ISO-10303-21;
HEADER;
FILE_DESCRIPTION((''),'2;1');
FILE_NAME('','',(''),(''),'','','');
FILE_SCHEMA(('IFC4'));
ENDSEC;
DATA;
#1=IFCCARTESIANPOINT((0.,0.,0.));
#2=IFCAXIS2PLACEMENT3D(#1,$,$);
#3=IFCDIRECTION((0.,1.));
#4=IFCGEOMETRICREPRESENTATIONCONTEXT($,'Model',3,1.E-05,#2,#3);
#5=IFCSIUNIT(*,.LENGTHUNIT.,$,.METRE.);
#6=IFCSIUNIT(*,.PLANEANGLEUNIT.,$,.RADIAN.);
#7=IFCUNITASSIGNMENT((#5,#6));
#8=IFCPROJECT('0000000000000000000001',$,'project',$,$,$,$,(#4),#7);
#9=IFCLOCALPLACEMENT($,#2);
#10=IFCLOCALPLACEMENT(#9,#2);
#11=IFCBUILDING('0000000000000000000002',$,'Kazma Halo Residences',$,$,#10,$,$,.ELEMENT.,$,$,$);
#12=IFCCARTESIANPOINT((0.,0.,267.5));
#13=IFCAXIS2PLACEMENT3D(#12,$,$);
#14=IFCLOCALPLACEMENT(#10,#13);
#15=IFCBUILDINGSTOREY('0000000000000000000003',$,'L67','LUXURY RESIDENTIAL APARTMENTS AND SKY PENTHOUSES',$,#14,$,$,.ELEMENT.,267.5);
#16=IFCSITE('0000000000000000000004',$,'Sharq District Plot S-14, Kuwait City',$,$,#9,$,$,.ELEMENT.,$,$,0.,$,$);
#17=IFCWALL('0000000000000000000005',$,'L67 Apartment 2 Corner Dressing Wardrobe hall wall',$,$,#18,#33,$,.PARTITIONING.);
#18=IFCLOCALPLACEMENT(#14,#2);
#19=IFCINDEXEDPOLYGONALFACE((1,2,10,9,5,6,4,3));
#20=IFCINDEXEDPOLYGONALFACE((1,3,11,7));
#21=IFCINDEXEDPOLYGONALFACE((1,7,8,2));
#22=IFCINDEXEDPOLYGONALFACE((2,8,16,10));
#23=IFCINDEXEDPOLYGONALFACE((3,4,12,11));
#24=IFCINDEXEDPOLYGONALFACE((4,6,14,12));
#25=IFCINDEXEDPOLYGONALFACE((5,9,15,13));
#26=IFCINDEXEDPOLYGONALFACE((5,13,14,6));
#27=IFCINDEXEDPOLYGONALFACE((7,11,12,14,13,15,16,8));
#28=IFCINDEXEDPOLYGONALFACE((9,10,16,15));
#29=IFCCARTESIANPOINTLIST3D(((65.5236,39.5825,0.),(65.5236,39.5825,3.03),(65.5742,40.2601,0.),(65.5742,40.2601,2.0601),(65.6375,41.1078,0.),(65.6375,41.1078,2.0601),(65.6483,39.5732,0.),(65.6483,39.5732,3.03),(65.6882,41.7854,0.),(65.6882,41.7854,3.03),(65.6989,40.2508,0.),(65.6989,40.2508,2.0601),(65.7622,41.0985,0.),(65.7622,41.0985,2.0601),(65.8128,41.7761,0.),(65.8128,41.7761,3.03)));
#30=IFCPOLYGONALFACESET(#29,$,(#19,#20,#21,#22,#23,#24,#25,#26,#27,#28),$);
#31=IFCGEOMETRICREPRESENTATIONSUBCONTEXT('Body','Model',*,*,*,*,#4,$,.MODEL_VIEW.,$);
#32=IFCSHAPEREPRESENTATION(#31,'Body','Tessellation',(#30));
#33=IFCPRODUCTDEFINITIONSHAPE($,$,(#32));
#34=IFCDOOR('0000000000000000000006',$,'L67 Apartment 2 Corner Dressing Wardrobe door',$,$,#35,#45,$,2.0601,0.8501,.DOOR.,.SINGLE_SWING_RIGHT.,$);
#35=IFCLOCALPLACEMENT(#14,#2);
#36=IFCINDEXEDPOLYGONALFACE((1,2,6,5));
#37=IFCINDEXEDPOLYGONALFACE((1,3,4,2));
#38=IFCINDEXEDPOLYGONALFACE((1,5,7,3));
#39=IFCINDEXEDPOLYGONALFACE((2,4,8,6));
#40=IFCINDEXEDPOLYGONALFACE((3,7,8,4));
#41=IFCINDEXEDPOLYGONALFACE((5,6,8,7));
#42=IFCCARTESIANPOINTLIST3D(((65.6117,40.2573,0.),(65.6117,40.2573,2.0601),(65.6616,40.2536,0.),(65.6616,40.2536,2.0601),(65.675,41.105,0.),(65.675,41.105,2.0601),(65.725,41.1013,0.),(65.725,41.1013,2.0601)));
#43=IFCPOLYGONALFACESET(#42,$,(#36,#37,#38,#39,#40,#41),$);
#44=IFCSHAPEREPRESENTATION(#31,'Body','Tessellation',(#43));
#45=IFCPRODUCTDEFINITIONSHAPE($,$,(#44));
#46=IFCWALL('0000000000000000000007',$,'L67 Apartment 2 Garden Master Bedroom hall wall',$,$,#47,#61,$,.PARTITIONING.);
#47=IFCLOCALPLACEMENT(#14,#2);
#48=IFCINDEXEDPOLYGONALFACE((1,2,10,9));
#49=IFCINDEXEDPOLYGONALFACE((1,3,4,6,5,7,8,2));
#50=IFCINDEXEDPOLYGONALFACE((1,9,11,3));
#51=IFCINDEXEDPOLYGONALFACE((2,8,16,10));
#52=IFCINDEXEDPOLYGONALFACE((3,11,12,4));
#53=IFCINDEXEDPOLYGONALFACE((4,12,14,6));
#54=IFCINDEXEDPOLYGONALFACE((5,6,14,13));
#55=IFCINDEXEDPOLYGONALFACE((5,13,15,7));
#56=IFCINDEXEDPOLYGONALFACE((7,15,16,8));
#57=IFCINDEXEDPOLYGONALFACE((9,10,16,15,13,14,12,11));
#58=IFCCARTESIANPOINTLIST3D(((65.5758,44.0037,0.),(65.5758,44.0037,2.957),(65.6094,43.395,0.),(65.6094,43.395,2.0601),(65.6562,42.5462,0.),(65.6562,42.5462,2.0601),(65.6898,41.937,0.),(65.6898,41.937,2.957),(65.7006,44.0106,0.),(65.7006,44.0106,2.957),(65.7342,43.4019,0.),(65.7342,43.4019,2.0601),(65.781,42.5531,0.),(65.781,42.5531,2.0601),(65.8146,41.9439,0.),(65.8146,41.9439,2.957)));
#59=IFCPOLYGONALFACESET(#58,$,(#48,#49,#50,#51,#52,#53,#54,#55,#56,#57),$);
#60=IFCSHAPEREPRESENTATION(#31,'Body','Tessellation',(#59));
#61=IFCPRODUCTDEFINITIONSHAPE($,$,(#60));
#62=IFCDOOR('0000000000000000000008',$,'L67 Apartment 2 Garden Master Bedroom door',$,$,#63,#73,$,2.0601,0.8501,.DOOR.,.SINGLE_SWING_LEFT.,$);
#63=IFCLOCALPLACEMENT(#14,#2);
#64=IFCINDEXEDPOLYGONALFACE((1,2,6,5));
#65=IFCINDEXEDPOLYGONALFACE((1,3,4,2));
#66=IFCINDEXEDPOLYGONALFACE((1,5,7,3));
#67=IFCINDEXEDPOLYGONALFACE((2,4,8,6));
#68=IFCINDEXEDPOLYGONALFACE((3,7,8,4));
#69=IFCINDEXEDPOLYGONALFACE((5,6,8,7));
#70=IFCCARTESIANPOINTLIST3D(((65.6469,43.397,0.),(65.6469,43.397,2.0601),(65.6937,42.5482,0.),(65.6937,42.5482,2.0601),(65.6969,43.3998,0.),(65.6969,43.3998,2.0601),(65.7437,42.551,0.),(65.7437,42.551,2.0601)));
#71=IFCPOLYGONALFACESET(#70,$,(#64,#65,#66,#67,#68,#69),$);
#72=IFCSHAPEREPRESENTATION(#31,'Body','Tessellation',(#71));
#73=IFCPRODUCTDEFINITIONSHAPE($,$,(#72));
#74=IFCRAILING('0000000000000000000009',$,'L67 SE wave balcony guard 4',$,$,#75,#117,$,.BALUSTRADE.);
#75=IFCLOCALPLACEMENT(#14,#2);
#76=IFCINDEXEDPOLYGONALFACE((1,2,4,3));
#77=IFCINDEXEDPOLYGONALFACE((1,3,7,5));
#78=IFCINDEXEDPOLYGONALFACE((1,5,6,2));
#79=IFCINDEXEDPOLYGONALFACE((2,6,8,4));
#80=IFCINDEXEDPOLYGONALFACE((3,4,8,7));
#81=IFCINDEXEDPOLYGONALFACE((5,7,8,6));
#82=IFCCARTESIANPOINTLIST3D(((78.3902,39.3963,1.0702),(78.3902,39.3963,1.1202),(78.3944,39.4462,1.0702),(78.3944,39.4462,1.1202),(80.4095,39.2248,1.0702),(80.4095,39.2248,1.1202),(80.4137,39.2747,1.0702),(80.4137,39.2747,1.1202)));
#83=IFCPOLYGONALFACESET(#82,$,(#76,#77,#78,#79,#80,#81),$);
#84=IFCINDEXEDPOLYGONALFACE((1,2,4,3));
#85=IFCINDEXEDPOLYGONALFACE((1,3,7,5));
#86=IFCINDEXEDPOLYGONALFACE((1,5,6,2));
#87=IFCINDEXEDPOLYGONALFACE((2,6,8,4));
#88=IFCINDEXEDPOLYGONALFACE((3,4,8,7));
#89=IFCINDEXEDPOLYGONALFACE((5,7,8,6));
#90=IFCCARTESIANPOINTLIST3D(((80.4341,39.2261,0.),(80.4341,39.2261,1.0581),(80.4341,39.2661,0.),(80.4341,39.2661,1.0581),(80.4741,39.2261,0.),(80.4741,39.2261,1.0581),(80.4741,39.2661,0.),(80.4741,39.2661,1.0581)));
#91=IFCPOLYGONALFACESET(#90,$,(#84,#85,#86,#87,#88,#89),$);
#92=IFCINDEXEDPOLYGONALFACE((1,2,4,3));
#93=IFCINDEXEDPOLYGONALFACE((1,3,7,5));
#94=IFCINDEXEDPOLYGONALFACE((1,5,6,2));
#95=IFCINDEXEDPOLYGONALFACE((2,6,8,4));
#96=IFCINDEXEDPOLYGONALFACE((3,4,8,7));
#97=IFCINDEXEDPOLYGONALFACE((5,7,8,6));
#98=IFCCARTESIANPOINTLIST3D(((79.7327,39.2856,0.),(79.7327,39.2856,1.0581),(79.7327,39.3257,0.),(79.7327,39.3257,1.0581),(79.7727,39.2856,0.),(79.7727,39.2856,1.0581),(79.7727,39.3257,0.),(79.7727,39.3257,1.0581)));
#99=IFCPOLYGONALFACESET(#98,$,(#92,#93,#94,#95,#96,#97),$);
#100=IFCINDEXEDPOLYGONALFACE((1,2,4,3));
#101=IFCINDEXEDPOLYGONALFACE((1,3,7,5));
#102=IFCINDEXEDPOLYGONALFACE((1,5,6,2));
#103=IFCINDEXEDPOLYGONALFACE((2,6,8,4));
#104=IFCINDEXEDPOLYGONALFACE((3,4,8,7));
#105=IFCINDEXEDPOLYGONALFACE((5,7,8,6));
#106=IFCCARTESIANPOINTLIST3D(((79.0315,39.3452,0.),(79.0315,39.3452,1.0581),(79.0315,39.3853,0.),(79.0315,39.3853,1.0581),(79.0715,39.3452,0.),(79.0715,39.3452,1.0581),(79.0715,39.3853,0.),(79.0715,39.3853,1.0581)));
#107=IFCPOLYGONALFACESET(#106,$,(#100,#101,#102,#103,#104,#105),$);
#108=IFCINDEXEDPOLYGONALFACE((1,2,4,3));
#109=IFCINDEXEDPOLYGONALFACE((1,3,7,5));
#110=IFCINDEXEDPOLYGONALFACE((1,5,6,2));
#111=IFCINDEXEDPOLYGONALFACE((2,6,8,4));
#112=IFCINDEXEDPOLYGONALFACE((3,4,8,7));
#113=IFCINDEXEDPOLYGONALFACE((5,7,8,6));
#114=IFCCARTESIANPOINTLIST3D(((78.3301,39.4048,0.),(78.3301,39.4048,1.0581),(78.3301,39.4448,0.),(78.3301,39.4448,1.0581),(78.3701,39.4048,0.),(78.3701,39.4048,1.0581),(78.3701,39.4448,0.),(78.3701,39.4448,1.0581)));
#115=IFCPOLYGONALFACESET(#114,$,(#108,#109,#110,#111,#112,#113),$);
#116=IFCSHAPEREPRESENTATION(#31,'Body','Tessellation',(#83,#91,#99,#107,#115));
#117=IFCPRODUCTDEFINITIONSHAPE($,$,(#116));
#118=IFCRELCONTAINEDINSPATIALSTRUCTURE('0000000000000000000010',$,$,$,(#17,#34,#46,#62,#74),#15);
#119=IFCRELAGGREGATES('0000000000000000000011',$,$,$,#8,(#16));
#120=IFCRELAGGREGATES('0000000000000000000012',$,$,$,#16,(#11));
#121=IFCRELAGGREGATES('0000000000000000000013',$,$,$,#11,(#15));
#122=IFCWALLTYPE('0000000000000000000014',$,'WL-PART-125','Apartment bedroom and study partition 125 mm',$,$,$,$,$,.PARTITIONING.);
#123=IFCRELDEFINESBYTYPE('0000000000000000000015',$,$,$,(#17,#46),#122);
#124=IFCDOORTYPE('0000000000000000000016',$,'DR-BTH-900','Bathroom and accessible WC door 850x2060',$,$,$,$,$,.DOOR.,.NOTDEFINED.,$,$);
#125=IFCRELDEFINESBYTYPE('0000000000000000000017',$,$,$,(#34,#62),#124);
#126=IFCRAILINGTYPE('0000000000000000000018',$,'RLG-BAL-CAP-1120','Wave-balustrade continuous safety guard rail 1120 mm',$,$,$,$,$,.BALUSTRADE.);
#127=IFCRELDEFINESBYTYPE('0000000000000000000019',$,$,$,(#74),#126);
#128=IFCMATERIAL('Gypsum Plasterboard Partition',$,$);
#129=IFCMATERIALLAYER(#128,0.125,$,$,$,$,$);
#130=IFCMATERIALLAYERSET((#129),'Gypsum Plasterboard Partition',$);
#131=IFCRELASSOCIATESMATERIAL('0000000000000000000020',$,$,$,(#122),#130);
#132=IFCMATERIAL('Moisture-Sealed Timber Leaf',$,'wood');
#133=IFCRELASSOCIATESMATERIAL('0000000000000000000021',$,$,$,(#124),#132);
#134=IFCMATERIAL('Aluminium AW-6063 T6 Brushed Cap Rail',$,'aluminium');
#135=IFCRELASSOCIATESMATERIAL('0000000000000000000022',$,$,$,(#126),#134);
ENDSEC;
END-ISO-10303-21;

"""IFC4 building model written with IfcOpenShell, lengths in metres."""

from ifc_helpers import new_model, si_unit, direction, frame, frame_2d, origin, origin_2d, place, context, subcontext, project, spatial, rectangle, extrude, material, layer, layer_set, type_object, element, fill, save


model = new_model("IFC4")

# Units and contexts
model_context = context("Model", 3, precision=1e-05, world=origin(), true_north=direction((0.0, 1.0)))
body_context = subcontext(model_context, "Body", "Model", "MODEL_VIEW")
ifc_project = project(units=[si_unit("LENGTHUNIT", "METRE"), si_unit("PLANEANGLEUNIT", "RADIAN")], contexts=[model_context])

# Site, building, storey
site_placement = place(None, origin())
site = spatial("IfcSite", under=ifc_project, at=site_placement, Name="Sharq District Plot S-14, Kuwait City", CompositionType="ELEMENT", RefElevation=0.0)
building_placement = place(site_placement, origin())
building = spatial("IfcBuilding", under=site, at=building_placement, Name="Kazma Halo Residences", CompositionType="ELEMENT")
storey_placement = place(building_placement, frame((0.0, 0.0, 267.5)))
storey = spatial("IfcBuildingStorey", under=building, at=storey_placement, Name="L67", Description="LUXURY RESIDENTIAL APARTMENTS AND SKY PENTHOUSES", CompositionType="ELEMENT", Elevation=267.5)

# Shared definitions
ifc_material_1 = material(Name="Gypsum Plasterboard Partition")
ifc_layer_1 = layer(ifc_material_1, 0.125)
ifc_layer_set_1 = layer_set([ifc_layer_1], Name="Gypsum Plasterboard Partition")
wall_type_1 = type_object("IfcWallType", Name="WL-PART-125", Description="Apartment bedroom and study partition 125 mm", PredefinedType="PARTITIONING", material=ifc_layer_set_1)

# Shared definitions
ifc_material_2 = material(Name="Moisture-Sealed Timber Leaf", Category="wood")
door_type = type_object("IfcDoorType", Name="DR-BTH-900", Description="Bathroom and accessible WC door 850x2060", OperationType="NOTDEFINED", PredefinedType="DOOR", material=ifc_material_2)

# Walls, openings, doors
wall_1_placement = place(storey_placement, frame((65.5859, 39.5779, 0.0), z_axis=(0.0, 0.0, 1.0), x_axis=(0.07449, 0.997222, 0.0)))
wall_1 = element("IfcWall", 1, at=wall_1_placement, inside=storey, type_object=wall_type_1, Name="L67 Apartment 2 Corner Dressing Wardrobe hall wall", PredefinedType="PARTITIONING", context=body_context, shape_type="SweptSolid", body=[
    extrude(rectangle(XDim=2.209, YDim=0.125, at=frame_2d((1.1045, 0.0))), origin(), (0.0, 0.0, 1.0), 3.03),
])
opening_1_placement = place(wall_1_placement, frame((0.6794, 0.0, 0.0)))
opening_1 = element("IfcOpeningElement", 2, at=opening_1_placement, cuts=wall_1, PredefinedType="OPENING", context=body_context, shape_type="SweptSolid", body=[
    extrude(rectangle(XDim=0.8501, YDim=2.0601, at=frame_2d((0.425, 1.03))), frame((0.0, 0.0725, 0.0), z_axis=(0.0, -1.0, 0.0), x_axis=(1.0, 0.0, 0.0)), (0.0, 0.0, 1.0), 0.145),
])
door_1_placement = place(opening_1_placement, origin())
door_1 = element("IfcDoor", 3, at=door_1_placement, inside=storey, type_object=door_type, Name="L67 Apartment 2 Corner Dressing Wardrobe door", OperationType="SINGLE_SWING_RIGHT", OverallHeight=2.0601, OverallWidth=0.8501, PredefinedType="DOOR", context=body_context, shape_type="SweptSolid", body=[
    extrude(rectangle(XDim=0.8501, YDim=2.0601, at=frame_2d((0.425, 1.03))), frame((0.0, 0.0249, 0.0), z_axis=(0.0, -1.0, 0.0), x_axis=(1.0, 0.0, 0.0)), (0.0, 0.0, 1.0), 0.05),
])
fill(opening_1, door_1)
wall_2_placement = place(storey_placement, frame((65.7522, 41.9404, 0.0), z_axis=(0.0, 0.0, 1.0), x_axis=(-0.055085, 0.998482, 0.0)))
wall_2 = element("IfcWall", 4, at=wall_2_placement, inside=storey, type_object=wall_type_1, Name="L67 Apartment 2 Garden Master Bedroom hall wall", PredefinedType="PARTITIONING", context=body_context, shape_type="SweptSolid", body=[
    extrude(rectangle(XDim=2.0698, YDim=0.125, at=frame_2d((1.0349, 0.0))), origin(), (0.0, 0.0, 1.0), 2.957),
])
opening_2_placement = place(wall_2_placement, frame((0.6101, 0.0, 0.0)))
opening_2 = element("IfcOpeningElement", 5, at=opening_2_placement, cuts=wall_2, PredefinedType="OPENING", context=body_context, shape_type="SweptSolid", body=[
    extrude(rectangle(XDim=0.8501, YDim=2.0601, at=frame_2d((0.425, 1.03))), frame((0.0, 0.0725, 0.0), z_axis=(0.0, -1.0, 0.0), x_axis=(1.0, 0.0, 0.0)), (0.0, 0.0, 1.0), 0.145),
])
door_2_placement = place(opening_2_placement, origin())
door_2 = element("IfcDoor", 6, at=door_2_placement, inside=storey, type_object=door_type, Name="L67 Apartment 2 Garden Master Bedroom door", OperationType="SINGLE_SWING_LEFT", OverallHeight=2.0601, OverallWidth=0.8501, PredefinedType="DOOR", context=body_context, shape_type="SweptSolid", body=[
    extrude(rectangle(XDim=0.8501, YDim=2.0601, at=frame_2d((0.425, 1.03))), frame((0.0, 0.0249, 0.0), z_axis=(0.0, -1.0, 0.0), x_axis=(1.0, 0.0, 0.0)), (0.0, 0.0, 1.0), 0.05),
])
fill(opening_2, door_2)

# Railing
ifc_material_3 = material(Name="Aluminium AW-6063 T6 Brushed Cap Rail", Category="aluminium")
railing_type = type_object("IfcRailingType", Name="RLG-BAL-CAP-1120", Description="Wave-balustrade continuous safety guard rail 1120 mm", PredefinedType="BALUSTRADE", material=ifc_material_3)
railing_placement = place(storey_placement, frame((80.4541, 39.2461, 0.0)))
element("IfcRailing", 7, at=railing_placement, inside=storey, type_object=railing_type, Name="L67 SE wave balcony guard 4", PredefinedType="BALUSTRADE", context=body_context, shape_type="SweptSolid", body=[
    extrude(rectangle(XDim=0.05, YDim=0.05, at=origin_2d()), frame((-0.0425, 0.0037, 1.0952), z_axis=(-0.996412, 0.084634, 0.0), x_axis=(-0.084634, -0.996412, 0.0)), (0.0, 0.0, 1.0), 2.0266),
    extrude(rectangle(XDim=0.04, YDim=0.04, at=origin_2d()), origin(), (0.0, 0.0, 1.0), 1.0581),
    extrude(rectangle(XDim=0.04, YDim=0.04, at=origin_2d()), frame((-0.7014, 0.0596, 0.0)), (0.0, 0.0, 1.0), 1.0581),
    extrude(rectangle(XDim=0.04, YDim=0.04, at=origin_2d()), frame((-1.4026, 0.1191, 0.0)), (0.0, 0.0, 1.0), 1.0581),
    extrude(rectangle(XDim=0.04, YDim=0.04, at=origin_2d()), frame((-2.104, 0.1787, 0.0)), (0.0, 0.0, 1.0), 1.0581),
])

save(model, "model.ifc")
